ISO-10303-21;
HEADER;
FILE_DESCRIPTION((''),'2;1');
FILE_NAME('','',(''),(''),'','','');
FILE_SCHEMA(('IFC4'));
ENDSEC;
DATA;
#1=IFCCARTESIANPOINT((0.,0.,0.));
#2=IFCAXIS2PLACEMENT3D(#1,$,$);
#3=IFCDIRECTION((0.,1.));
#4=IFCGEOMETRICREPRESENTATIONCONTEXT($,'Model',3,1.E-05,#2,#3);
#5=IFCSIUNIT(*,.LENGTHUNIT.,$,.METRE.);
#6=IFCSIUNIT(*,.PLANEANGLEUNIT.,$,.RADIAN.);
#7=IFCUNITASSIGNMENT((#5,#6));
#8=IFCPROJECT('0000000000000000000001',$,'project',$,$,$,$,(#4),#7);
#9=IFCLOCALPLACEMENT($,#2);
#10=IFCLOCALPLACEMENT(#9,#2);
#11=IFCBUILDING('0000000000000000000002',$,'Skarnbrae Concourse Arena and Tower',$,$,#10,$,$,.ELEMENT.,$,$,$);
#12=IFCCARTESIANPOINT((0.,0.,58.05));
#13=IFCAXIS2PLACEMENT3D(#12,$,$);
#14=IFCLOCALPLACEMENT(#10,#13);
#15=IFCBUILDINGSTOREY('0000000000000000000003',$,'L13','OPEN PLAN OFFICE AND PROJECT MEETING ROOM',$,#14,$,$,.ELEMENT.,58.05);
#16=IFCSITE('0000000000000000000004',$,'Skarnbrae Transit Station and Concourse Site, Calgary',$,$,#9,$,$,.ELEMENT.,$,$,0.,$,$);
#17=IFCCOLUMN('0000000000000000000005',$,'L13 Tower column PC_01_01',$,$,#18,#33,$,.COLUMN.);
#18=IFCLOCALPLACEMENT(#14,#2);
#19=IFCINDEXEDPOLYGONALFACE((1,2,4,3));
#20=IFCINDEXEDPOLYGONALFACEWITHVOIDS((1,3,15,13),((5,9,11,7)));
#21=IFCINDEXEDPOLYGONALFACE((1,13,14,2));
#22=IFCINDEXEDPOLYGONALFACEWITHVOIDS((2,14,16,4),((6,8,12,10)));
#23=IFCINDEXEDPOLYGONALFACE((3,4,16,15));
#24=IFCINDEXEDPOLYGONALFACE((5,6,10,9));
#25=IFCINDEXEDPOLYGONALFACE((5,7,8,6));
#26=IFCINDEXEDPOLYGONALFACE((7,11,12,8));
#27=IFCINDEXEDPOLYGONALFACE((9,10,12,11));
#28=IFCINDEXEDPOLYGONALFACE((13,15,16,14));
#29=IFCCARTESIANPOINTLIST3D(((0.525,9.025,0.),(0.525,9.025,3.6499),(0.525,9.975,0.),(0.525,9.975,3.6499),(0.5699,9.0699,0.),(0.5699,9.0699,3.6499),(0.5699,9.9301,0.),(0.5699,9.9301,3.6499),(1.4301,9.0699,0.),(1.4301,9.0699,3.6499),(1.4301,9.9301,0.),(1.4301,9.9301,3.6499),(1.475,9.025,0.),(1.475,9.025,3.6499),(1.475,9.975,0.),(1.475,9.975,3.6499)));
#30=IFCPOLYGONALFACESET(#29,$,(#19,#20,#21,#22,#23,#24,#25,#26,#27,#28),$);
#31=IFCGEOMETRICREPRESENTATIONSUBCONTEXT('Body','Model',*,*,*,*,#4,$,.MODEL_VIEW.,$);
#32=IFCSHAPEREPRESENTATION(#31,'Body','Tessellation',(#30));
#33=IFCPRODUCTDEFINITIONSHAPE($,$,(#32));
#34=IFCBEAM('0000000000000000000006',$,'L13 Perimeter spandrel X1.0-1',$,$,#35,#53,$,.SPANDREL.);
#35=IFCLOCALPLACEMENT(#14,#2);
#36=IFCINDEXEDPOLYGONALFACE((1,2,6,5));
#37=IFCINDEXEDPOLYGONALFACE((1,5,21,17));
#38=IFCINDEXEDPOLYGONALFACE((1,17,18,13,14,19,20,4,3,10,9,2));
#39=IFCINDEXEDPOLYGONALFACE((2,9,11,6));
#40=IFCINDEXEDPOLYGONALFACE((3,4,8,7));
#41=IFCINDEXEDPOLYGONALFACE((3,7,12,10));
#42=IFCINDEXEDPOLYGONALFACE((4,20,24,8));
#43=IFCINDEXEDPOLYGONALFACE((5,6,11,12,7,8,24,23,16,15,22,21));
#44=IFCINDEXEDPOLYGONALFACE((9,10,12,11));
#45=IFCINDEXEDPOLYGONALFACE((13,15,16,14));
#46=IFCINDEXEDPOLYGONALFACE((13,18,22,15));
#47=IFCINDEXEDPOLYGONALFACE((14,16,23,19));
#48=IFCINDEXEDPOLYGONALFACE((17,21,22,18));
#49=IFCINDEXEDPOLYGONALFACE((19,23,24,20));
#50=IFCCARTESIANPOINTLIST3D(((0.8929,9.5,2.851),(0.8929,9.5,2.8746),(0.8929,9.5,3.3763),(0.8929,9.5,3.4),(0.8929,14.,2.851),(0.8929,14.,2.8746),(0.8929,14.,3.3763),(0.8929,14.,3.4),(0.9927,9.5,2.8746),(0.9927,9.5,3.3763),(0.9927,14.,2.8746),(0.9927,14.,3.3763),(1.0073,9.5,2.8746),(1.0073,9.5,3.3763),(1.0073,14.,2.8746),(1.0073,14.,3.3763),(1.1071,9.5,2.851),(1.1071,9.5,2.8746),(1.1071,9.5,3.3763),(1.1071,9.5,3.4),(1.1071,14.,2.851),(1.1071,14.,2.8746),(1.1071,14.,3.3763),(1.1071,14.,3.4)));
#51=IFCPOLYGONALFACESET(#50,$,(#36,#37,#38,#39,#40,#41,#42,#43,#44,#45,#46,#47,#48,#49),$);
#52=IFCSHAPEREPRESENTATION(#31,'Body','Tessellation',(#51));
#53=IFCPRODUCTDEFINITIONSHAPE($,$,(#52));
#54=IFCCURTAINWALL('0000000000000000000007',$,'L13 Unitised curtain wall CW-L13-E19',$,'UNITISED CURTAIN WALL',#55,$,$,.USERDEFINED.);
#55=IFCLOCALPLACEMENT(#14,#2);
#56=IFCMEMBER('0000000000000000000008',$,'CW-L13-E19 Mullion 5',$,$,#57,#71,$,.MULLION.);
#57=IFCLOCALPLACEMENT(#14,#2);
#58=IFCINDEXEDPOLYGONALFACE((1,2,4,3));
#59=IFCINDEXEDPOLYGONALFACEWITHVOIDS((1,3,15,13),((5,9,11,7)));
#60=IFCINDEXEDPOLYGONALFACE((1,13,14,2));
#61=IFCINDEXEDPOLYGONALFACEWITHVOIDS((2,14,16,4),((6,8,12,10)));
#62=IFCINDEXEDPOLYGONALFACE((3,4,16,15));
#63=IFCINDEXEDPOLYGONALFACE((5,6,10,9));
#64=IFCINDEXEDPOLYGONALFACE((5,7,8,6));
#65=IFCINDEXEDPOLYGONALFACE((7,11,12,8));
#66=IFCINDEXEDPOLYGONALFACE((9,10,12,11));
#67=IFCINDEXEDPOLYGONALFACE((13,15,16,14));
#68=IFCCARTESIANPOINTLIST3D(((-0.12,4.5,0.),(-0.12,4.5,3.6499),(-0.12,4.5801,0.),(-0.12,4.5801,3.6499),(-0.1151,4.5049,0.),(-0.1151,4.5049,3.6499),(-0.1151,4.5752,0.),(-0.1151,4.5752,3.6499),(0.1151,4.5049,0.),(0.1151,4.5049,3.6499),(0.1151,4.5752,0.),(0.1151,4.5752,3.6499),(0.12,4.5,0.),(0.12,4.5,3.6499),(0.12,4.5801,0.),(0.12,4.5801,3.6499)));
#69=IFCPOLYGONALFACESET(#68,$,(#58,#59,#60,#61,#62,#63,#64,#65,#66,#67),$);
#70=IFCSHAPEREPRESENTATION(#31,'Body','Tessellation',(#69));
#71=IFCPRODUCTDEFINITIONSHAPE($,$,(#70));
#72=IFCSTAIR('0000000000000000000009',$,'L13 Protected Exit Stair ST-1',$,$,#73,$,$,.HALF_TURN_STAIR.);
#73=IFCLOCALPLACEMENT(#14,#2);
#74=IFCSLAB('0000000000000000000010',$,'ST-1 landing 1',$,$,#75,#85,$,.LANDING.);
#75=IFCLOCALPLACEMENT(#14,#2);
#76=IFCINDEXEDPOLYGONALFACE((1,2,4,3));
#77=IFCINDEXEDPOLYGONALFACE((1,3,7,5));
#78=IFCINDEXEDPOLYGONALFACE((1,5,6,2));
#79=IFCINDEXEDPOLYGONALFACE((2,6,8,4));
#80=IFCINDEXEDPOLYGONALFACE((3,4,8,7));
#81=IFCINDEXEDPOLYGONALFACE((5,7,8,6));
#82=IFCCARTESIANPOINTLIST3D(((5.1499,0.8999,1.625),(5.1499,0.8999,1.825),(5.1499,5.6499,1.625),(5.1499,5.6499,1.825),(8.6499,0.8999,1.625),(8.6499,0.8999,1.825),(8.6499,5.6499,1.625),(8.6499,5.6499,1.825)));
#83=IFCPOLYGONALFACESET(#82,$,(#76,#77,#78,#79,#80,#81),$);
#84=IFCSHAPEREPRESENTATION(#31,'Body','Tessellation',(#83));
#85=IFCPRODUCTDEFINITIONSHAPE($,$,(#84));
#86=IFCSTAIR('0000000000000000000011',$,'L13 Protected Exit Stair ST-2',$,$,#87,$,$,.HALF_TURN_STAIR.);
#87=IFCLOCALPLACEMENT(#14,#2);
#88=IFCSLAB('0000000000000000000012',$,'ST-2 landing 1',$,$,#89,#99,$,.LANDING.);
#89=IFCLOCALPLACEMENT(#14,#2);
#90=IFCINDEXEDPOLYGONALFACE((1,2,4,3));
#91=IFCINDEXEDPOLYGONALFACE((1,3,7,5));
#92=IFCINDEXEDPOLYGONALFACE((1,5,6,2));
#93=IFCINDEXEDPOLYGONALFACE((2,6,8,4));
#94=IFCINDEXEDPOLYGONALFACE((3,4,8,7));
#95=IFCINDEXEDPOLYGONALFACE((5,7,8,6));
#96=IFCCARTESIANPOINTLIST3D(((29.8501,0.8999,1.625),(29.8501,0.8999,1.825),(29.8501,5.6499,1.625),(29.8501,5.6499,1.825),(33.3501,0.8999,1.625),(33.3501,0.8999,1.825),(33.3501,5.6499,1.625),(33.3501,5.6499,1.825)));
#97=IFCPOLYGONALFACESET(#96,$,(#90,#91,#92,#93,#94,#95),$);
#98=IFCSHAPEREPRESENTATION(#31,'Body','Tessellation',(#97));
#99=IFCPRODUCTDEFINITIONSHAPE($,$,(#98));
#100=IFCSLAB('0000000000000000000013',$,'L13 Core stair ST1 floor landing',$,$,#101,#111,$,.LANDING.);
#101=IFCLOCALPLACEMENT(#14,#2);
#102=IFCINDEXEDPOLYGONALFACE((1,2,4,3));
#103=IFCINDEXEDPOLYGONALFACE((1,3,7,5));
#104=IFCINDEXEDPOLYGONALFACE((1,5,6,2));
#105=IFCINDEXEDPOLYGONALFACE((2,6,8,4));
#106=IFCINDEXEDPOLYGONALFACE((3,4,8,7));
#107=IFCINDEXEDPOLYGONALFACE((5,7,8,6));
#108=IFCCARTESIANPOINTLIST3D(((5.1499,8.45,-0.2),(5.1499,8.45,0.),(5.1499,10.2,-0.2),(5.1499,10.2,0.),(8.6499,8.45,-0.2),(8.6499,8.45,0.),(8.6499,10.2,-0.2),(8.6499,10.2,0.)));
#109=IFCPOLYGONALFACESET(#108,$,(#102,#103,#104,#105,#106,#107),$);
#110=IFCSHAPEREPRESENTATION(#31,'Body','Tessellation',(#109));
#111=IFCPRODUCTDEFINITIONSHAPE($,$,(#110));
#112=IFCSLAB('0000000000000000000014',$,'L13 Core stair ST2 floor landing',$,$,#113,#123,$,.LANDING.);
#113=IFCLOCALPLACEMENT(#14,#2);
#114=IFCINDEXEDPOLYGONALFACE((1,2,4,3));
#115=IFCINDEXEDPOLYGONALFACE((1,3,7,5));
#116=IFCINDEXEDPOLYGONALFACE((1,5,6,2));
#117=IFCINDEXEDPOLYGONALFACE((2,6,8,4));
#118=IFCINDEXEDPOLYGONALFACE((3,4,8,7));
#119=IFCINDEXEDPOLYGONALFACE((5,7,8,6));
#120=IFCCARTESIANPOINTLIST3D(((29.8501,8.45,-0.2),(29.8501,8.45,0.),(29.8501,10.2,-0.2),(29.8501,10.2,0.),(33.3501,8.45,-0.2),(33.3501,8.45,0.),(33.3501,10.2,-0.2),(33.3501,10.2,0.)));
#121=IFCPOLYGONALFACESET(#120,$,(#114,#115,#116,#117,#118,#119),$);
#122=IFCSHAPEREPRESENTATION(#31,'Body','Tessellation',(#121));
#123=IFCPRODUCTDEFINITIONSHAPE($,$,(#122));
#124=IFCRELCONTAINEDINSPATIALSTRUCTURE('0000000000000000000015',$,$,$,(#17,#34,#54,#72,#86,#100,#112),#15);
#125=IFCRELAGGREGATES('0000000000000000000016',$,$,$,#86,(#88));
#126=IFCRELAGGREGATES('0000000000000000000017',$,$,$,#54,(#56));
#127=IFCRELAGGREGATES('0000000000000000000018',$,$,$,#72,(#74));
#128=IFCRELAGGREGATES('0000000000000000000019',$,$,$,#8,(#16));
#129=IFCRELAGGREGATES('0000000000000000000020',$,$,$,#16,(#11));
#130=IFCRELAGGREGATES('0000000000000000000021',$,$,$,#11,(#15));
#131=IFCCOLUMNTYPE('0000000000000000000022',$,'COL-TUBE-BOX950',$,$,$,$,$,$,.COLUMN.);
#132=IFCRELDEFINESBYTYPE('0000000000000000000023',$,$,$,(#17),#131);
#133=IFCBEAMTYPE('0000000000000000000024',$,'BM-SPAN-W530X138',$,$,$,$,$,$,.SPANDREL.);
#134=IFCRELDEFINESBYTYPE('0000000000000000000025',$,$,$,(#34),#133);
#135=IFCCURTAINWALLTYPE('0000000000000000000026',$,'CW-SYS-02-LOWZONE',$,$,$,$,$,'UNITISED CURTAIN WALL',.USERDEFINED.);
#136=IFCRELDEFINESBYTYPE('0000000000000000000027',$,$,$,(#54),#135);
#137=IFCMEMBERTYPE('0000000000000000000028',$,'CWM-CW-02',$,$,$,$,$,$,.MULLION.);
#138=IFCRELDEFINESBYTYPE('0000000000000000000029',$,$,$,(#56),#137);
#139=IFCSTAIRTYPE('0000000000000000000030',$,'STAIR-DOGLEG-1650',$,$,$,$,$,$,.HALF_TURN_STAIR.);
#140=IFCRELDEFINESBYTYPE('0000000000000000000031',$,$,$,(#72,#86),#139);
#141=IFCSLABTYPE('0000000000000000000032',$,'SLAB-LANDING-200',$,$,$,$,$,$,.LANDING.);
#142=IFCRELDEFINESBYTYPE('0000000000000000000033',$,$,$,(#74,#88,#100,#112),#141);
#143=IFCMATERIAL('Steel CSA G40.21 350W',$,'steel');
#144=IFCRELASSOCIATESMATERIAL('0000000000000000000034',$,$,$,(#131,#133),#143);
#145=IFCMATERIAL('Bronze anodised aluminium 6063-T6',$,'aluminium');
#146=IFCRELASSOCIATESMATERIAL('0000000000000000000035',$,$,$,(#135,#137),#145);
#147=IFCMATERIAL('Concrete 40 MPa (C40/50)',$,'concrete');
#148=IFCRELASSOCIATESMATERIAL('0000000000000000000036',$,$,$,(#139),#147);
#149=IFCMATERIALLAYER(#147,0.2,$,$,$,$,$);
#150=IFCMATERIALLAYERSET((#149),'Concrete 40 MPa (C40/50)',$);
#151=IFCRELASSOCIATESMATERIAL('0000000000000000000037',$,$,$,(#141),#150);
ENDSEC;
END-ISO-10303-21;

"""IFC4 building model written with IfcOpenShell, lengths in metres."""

from ifc_helpers import new_model, si_unit, direction, frame, origin, origin_2d, place, context, subcontext, project, spatial, polyline, hollow_rectangle, i_section, outline, extrude, source, transform, mapped, material, layer, layer_set, material_profile, profile_set, type_object, element, aggregate, save


model = new_model("IFC4")

# Units and contexts
model_context = context("Model", 3, precision=1e-05, world=origin(), true_north=direction((0.0, 1.0)))
body_context = subcontext(model_context, "Body", "Model", "MODEL_VIEW")
ifc_project = project(units=[si_unit("LENGTHUNIT", "METRE"), si_unit("PLANEANGLEUNIT", "RADIAN")], contexts=[model_context])

# Site, building, storey
site_placement = place(None, origin())
site = spatial("IfcSite", under=ifc_project, at=site_placement, Name="Skarnbrae Transit Station and Concourse Site, Calgary", CompositionType="ELEMENT", RefElevation=0.0)
building_placement = place(site_placement, origin())
building = spatial("IfcBuilding", under=site, at=building_placement, Name="Skarnbrae Concourse Arena and Tower", CompositionType="ELEMENT")
storey_placement = place(building_placement, frame((0.0, 0.0, 58.05)))
storey = spatial("IfcBuildingStorey", under=building, at=storey_placement, Name="L13", Description="OPEN PLAN OFFICE AND PROJECT MEETING ROOM", CompositionType="ELEMENT", Elevation=58.05)

# Column
ifc_material_1 = material(Name="Steel CSA G40.21 350W", Category="steel")
ifc_material_profile_1 = material_profile(ifc_material_1, hollow_rectangle(XDim=0.95, YDim=0.95, WallThickness=0.0449, at=origin_2d()), Name="BOX950X950X45")
ifc_profile_set_1 = profile_set([ifc_material_profile_1], Name="Steel CSA G40.21 350W")
column_type = type_object("IfcColumnType", Name="COL-TUBE-BOX950", PredefinedType="COLUMN", material=ifc_profile_set_1)
shared_shape_1 = source(origin(), body_context, "Body", "SweptSolid", [
    extrude(hollow_rectangle(XDim=0.95, YDim=0.95, WallThickness=0.0449, at=origin_2d()), origin(), (0.0, 0.0, 1.0), 3.6499),
])
column_placement = place(storey_placement, frame((1.0, 9.5, 0.0), z_axis=(0.0, 0.0, 1.0), x_axis=(1.0, 0.0, 0.0)))
element("IfcColumn", 1, at=column_placement, inside=storey, type_object=column_type, Name="L13 Tower column PC_01_01", PredefinedType="COLUMN", context=body_context, shape_type="MappedRepresentation", body=[
    mapped(shared_shape_1, transform((0.0, 0.0, 0.0))),
])

# Beam
ifc_material_profile_2 = material_profile(ifc_material_1, i_section(OverallWidth=0.2141, OverallDepth=0.5491, WebThickness=0.0146, FlangeThickness=0.0237, at=origin_2d()), Name="W530X138")
ifc_profile_set_2 = profile_set([ifc_material_profile_2], Name="Steel CSA G40.21 350W")
beam_type = type_object("IfcBeamType", Name="BM-SPAN-W530X138", PredefinedType="SPANDREL", material=ifc_profile_set_2)
shared_shape_2 = source(origin(), body_context, "Body", "SweptSolid", [
    extrude(i_section(OverallWidth=0.2141, OverallDepth=0.5491, WebThickness=0.0146, FlangeThickness=0.0237, at=origin_2d()), origin(), (0.0, 0.0, 1.0), 4.5),
])
beam_placement = place(storey_placement, frame((1.0, 9.5, 3.1255), z_axis=(0.0, 1.0, 0.0), x_axis=(-1.0, 0.0, 0.0)))
element("IfcBeam", 2, at=beam_placement, inside=storey, type_object=beam_type, Name="L13 Perimeter spandrel X1.0-1", PredefinedType="SPANDREL", context=body_context, shape_type="MappedRepresentation", body=[
    mapped(shared_shape_2, transform((0.0, 0.0, 0.0))),
])

# Curtain wall, member
ifc_material_2 = material(Name="Bronze anodised aluminium 6063-T6", Category="aluminium")
curtain_wall_type = type_object("IfcCurtainWallType", Name="CW-SYS-02-LOWZONE", ElementType="UNITISED CURTAIN WALL", PredefinedType="USERDEFINED", material=ifc_material_2)
curtain_wall_placement = place(storey_placement, origin())
curtain_wall = element("IfcCurtainWall", 3, at=curtain_wall_placement, inside=storey, type_object=curtain_wall_type, Name="L13 Unitised curtain wall CW-L13-E19", ObjectType="UNITISED CURTAIN WALL", PredefinedType="USERDEFINED")
ifc_material_profile_3 = material_profile(ifc_material_2, hollow_rectangle(XDim=0.0801, YDim=0.24, WallThickness=0.0049, at=origin_2d()), Name="ALU-MULL-80X240")
ifc_profile_set_3 = profile_set([ifc_material_profile_3], Name="Bronze anodised aluminium 6063-T6")
member_type = type_object("IfcMemberType", Name="CWM-CW-02", PredefinedType="MULLION", material=ifc_profile_set_3)
shared_shape_3 = source(origin(), body_context, "Body", "SweptSolid", [
    extrude(hollow_rectangle(XDim=0.0801, YDim=0.24, WallThickness=0.0049, at=origin_2d()), origin(), (0.0, 0.0, 1.0), 3.6499),
])
member_placement = place(storey_placement, frame((0.0, 4.54, 0.0), z_axis=(0.0, 0.0, 1.0), x_axis=(0.0, -1.0, 0.0)))
member = element("IfcMember", 4, at=member_placement, type_object=member_type, Name="CW-L13-E19 Mullion 5", PredefinedType="MULLION", context=body_context, shape_type="MappedRepresentation", body=[
    mapped(shared_shape_3, transform((0.0, 0.0, 0.0))),
])

# Stairs, slabs
ifc_material_3 = material(Name="Concrete 40 MPa (C40/50)", Category="concrete")
stair_type = type_object("IfcStairType", Name="STAIR-DOGLEG-1650", PredefinedType="HALF_TURN_STAIR", material=ifc_material_3)
stair_1_placement = place(storey_placement, origin())
stair_1 = element("IfcStair", 5, at=stair_1_placement, inside=storey, type_object=stair_type, Name="L13 Protected Exit Stair ST-1", PredefinedType="HALF_TURN_STAIR")
ifc_layer_1 = layer(ifc_material_3, 0.2)
ifc_layer_set_1 = layer_set([ifc_layer_1], Name="Concrete 40 MPa (C40/50)")
slab_type_1 = type_object("IfcSlabType", Name="SLAB-LANDING-200", PredefinedType="LANDING", material=ifc_layer_set_1)
slab_1_placement = place(storey_placement, frame((0.0, 0.0, 1.625)))
slab_1 = element("IfcSlab", 6, at=slab_1_placement, type_object=slab_type_1, Name="ST-1 landing 1", PredefinedType="LANDING", context=body_context, shape_type="SweptSolid", body=[
    extrude(outline(polyline([(5.1499, 5.6499), (5.1499, 0.8999), (8.6499, 0.8999), (8.6499, 5.6499), (5.1499, 5.6499)])), origin(), (0.0, 0.0, 1.0), 0.2),
])
stair_2_placement = place(storey_placement, origin())
stair_2 = element("IfcStair", 7, at=stair_2_placement, inside=storey, type_object=stair_type, Name="L13 Protected Exit Stair ST-2", PredefinedType="HALF_TURN_STAIR")
slab_2_placement = place(storey_placement, frame((0.0, 0.0, 1.625)))
slab_2 = element("IfcSlab", 8, at=slab_2_placement, type_object=slab_type_1, Name="ST-2 landing 1", PredefinedType="LANDING", context=body_context, shape_type="SweptSolid", body=[
    extrude(outline(polyline([(29.8501, 5.6499), (29.8501, 0.8999), (33.3501, 0.8999), (33.3501, 5.6499), (29.8501, 5.6499)])), origin(), (0.0, 0.0, 1.0), 0.2),
])
aggregate(stair_2, [slab_2])

# Slabs
slab_3_placement = place(storey_placement, frame((0.0, 0.0, -0.2)))
element("IfcSlab", 9, at=slab_3_placement, inside=storey, type_object=slab_type_1, Name="L13 Core stair ST1 floor landing", PredefinedType="LANDING", context=body_context, shape_type="SweptSolid", body=[
    extrude(outline(polyline([(5.1499, 10.2), (5.1499, 8.45), (8.6499, 8.45), (8.6499, 10.2), (5.1499, 10.2)])), origin(), (0.0, 0.0, 1.0), 0.2),
])
slab_4_placement = place(storey_placement, frame((0.0, 0.0, -0.2)))
element("IfcSlab", 10, at=slab_4_placement, inside=storey, type_object=slab_type_1, Name="L13 Core stair ST2 floor landing", PredefinedType="LANDING", context=body_context, shape_type="SweptSolid", body=[
    extrude(outline(polyline([(29.8501, 10.2), (29.8501, 8.45), (33.3501, 8.45), (33.3501, 10.2), (29.8501, 10.2)])), origin(), (0.0, 0.0, 1.0), 0.2),
])

aggregate(curtain_wall, [member])

aggregate(stair_1, [slab_1])

save(model, "model.ifc")
